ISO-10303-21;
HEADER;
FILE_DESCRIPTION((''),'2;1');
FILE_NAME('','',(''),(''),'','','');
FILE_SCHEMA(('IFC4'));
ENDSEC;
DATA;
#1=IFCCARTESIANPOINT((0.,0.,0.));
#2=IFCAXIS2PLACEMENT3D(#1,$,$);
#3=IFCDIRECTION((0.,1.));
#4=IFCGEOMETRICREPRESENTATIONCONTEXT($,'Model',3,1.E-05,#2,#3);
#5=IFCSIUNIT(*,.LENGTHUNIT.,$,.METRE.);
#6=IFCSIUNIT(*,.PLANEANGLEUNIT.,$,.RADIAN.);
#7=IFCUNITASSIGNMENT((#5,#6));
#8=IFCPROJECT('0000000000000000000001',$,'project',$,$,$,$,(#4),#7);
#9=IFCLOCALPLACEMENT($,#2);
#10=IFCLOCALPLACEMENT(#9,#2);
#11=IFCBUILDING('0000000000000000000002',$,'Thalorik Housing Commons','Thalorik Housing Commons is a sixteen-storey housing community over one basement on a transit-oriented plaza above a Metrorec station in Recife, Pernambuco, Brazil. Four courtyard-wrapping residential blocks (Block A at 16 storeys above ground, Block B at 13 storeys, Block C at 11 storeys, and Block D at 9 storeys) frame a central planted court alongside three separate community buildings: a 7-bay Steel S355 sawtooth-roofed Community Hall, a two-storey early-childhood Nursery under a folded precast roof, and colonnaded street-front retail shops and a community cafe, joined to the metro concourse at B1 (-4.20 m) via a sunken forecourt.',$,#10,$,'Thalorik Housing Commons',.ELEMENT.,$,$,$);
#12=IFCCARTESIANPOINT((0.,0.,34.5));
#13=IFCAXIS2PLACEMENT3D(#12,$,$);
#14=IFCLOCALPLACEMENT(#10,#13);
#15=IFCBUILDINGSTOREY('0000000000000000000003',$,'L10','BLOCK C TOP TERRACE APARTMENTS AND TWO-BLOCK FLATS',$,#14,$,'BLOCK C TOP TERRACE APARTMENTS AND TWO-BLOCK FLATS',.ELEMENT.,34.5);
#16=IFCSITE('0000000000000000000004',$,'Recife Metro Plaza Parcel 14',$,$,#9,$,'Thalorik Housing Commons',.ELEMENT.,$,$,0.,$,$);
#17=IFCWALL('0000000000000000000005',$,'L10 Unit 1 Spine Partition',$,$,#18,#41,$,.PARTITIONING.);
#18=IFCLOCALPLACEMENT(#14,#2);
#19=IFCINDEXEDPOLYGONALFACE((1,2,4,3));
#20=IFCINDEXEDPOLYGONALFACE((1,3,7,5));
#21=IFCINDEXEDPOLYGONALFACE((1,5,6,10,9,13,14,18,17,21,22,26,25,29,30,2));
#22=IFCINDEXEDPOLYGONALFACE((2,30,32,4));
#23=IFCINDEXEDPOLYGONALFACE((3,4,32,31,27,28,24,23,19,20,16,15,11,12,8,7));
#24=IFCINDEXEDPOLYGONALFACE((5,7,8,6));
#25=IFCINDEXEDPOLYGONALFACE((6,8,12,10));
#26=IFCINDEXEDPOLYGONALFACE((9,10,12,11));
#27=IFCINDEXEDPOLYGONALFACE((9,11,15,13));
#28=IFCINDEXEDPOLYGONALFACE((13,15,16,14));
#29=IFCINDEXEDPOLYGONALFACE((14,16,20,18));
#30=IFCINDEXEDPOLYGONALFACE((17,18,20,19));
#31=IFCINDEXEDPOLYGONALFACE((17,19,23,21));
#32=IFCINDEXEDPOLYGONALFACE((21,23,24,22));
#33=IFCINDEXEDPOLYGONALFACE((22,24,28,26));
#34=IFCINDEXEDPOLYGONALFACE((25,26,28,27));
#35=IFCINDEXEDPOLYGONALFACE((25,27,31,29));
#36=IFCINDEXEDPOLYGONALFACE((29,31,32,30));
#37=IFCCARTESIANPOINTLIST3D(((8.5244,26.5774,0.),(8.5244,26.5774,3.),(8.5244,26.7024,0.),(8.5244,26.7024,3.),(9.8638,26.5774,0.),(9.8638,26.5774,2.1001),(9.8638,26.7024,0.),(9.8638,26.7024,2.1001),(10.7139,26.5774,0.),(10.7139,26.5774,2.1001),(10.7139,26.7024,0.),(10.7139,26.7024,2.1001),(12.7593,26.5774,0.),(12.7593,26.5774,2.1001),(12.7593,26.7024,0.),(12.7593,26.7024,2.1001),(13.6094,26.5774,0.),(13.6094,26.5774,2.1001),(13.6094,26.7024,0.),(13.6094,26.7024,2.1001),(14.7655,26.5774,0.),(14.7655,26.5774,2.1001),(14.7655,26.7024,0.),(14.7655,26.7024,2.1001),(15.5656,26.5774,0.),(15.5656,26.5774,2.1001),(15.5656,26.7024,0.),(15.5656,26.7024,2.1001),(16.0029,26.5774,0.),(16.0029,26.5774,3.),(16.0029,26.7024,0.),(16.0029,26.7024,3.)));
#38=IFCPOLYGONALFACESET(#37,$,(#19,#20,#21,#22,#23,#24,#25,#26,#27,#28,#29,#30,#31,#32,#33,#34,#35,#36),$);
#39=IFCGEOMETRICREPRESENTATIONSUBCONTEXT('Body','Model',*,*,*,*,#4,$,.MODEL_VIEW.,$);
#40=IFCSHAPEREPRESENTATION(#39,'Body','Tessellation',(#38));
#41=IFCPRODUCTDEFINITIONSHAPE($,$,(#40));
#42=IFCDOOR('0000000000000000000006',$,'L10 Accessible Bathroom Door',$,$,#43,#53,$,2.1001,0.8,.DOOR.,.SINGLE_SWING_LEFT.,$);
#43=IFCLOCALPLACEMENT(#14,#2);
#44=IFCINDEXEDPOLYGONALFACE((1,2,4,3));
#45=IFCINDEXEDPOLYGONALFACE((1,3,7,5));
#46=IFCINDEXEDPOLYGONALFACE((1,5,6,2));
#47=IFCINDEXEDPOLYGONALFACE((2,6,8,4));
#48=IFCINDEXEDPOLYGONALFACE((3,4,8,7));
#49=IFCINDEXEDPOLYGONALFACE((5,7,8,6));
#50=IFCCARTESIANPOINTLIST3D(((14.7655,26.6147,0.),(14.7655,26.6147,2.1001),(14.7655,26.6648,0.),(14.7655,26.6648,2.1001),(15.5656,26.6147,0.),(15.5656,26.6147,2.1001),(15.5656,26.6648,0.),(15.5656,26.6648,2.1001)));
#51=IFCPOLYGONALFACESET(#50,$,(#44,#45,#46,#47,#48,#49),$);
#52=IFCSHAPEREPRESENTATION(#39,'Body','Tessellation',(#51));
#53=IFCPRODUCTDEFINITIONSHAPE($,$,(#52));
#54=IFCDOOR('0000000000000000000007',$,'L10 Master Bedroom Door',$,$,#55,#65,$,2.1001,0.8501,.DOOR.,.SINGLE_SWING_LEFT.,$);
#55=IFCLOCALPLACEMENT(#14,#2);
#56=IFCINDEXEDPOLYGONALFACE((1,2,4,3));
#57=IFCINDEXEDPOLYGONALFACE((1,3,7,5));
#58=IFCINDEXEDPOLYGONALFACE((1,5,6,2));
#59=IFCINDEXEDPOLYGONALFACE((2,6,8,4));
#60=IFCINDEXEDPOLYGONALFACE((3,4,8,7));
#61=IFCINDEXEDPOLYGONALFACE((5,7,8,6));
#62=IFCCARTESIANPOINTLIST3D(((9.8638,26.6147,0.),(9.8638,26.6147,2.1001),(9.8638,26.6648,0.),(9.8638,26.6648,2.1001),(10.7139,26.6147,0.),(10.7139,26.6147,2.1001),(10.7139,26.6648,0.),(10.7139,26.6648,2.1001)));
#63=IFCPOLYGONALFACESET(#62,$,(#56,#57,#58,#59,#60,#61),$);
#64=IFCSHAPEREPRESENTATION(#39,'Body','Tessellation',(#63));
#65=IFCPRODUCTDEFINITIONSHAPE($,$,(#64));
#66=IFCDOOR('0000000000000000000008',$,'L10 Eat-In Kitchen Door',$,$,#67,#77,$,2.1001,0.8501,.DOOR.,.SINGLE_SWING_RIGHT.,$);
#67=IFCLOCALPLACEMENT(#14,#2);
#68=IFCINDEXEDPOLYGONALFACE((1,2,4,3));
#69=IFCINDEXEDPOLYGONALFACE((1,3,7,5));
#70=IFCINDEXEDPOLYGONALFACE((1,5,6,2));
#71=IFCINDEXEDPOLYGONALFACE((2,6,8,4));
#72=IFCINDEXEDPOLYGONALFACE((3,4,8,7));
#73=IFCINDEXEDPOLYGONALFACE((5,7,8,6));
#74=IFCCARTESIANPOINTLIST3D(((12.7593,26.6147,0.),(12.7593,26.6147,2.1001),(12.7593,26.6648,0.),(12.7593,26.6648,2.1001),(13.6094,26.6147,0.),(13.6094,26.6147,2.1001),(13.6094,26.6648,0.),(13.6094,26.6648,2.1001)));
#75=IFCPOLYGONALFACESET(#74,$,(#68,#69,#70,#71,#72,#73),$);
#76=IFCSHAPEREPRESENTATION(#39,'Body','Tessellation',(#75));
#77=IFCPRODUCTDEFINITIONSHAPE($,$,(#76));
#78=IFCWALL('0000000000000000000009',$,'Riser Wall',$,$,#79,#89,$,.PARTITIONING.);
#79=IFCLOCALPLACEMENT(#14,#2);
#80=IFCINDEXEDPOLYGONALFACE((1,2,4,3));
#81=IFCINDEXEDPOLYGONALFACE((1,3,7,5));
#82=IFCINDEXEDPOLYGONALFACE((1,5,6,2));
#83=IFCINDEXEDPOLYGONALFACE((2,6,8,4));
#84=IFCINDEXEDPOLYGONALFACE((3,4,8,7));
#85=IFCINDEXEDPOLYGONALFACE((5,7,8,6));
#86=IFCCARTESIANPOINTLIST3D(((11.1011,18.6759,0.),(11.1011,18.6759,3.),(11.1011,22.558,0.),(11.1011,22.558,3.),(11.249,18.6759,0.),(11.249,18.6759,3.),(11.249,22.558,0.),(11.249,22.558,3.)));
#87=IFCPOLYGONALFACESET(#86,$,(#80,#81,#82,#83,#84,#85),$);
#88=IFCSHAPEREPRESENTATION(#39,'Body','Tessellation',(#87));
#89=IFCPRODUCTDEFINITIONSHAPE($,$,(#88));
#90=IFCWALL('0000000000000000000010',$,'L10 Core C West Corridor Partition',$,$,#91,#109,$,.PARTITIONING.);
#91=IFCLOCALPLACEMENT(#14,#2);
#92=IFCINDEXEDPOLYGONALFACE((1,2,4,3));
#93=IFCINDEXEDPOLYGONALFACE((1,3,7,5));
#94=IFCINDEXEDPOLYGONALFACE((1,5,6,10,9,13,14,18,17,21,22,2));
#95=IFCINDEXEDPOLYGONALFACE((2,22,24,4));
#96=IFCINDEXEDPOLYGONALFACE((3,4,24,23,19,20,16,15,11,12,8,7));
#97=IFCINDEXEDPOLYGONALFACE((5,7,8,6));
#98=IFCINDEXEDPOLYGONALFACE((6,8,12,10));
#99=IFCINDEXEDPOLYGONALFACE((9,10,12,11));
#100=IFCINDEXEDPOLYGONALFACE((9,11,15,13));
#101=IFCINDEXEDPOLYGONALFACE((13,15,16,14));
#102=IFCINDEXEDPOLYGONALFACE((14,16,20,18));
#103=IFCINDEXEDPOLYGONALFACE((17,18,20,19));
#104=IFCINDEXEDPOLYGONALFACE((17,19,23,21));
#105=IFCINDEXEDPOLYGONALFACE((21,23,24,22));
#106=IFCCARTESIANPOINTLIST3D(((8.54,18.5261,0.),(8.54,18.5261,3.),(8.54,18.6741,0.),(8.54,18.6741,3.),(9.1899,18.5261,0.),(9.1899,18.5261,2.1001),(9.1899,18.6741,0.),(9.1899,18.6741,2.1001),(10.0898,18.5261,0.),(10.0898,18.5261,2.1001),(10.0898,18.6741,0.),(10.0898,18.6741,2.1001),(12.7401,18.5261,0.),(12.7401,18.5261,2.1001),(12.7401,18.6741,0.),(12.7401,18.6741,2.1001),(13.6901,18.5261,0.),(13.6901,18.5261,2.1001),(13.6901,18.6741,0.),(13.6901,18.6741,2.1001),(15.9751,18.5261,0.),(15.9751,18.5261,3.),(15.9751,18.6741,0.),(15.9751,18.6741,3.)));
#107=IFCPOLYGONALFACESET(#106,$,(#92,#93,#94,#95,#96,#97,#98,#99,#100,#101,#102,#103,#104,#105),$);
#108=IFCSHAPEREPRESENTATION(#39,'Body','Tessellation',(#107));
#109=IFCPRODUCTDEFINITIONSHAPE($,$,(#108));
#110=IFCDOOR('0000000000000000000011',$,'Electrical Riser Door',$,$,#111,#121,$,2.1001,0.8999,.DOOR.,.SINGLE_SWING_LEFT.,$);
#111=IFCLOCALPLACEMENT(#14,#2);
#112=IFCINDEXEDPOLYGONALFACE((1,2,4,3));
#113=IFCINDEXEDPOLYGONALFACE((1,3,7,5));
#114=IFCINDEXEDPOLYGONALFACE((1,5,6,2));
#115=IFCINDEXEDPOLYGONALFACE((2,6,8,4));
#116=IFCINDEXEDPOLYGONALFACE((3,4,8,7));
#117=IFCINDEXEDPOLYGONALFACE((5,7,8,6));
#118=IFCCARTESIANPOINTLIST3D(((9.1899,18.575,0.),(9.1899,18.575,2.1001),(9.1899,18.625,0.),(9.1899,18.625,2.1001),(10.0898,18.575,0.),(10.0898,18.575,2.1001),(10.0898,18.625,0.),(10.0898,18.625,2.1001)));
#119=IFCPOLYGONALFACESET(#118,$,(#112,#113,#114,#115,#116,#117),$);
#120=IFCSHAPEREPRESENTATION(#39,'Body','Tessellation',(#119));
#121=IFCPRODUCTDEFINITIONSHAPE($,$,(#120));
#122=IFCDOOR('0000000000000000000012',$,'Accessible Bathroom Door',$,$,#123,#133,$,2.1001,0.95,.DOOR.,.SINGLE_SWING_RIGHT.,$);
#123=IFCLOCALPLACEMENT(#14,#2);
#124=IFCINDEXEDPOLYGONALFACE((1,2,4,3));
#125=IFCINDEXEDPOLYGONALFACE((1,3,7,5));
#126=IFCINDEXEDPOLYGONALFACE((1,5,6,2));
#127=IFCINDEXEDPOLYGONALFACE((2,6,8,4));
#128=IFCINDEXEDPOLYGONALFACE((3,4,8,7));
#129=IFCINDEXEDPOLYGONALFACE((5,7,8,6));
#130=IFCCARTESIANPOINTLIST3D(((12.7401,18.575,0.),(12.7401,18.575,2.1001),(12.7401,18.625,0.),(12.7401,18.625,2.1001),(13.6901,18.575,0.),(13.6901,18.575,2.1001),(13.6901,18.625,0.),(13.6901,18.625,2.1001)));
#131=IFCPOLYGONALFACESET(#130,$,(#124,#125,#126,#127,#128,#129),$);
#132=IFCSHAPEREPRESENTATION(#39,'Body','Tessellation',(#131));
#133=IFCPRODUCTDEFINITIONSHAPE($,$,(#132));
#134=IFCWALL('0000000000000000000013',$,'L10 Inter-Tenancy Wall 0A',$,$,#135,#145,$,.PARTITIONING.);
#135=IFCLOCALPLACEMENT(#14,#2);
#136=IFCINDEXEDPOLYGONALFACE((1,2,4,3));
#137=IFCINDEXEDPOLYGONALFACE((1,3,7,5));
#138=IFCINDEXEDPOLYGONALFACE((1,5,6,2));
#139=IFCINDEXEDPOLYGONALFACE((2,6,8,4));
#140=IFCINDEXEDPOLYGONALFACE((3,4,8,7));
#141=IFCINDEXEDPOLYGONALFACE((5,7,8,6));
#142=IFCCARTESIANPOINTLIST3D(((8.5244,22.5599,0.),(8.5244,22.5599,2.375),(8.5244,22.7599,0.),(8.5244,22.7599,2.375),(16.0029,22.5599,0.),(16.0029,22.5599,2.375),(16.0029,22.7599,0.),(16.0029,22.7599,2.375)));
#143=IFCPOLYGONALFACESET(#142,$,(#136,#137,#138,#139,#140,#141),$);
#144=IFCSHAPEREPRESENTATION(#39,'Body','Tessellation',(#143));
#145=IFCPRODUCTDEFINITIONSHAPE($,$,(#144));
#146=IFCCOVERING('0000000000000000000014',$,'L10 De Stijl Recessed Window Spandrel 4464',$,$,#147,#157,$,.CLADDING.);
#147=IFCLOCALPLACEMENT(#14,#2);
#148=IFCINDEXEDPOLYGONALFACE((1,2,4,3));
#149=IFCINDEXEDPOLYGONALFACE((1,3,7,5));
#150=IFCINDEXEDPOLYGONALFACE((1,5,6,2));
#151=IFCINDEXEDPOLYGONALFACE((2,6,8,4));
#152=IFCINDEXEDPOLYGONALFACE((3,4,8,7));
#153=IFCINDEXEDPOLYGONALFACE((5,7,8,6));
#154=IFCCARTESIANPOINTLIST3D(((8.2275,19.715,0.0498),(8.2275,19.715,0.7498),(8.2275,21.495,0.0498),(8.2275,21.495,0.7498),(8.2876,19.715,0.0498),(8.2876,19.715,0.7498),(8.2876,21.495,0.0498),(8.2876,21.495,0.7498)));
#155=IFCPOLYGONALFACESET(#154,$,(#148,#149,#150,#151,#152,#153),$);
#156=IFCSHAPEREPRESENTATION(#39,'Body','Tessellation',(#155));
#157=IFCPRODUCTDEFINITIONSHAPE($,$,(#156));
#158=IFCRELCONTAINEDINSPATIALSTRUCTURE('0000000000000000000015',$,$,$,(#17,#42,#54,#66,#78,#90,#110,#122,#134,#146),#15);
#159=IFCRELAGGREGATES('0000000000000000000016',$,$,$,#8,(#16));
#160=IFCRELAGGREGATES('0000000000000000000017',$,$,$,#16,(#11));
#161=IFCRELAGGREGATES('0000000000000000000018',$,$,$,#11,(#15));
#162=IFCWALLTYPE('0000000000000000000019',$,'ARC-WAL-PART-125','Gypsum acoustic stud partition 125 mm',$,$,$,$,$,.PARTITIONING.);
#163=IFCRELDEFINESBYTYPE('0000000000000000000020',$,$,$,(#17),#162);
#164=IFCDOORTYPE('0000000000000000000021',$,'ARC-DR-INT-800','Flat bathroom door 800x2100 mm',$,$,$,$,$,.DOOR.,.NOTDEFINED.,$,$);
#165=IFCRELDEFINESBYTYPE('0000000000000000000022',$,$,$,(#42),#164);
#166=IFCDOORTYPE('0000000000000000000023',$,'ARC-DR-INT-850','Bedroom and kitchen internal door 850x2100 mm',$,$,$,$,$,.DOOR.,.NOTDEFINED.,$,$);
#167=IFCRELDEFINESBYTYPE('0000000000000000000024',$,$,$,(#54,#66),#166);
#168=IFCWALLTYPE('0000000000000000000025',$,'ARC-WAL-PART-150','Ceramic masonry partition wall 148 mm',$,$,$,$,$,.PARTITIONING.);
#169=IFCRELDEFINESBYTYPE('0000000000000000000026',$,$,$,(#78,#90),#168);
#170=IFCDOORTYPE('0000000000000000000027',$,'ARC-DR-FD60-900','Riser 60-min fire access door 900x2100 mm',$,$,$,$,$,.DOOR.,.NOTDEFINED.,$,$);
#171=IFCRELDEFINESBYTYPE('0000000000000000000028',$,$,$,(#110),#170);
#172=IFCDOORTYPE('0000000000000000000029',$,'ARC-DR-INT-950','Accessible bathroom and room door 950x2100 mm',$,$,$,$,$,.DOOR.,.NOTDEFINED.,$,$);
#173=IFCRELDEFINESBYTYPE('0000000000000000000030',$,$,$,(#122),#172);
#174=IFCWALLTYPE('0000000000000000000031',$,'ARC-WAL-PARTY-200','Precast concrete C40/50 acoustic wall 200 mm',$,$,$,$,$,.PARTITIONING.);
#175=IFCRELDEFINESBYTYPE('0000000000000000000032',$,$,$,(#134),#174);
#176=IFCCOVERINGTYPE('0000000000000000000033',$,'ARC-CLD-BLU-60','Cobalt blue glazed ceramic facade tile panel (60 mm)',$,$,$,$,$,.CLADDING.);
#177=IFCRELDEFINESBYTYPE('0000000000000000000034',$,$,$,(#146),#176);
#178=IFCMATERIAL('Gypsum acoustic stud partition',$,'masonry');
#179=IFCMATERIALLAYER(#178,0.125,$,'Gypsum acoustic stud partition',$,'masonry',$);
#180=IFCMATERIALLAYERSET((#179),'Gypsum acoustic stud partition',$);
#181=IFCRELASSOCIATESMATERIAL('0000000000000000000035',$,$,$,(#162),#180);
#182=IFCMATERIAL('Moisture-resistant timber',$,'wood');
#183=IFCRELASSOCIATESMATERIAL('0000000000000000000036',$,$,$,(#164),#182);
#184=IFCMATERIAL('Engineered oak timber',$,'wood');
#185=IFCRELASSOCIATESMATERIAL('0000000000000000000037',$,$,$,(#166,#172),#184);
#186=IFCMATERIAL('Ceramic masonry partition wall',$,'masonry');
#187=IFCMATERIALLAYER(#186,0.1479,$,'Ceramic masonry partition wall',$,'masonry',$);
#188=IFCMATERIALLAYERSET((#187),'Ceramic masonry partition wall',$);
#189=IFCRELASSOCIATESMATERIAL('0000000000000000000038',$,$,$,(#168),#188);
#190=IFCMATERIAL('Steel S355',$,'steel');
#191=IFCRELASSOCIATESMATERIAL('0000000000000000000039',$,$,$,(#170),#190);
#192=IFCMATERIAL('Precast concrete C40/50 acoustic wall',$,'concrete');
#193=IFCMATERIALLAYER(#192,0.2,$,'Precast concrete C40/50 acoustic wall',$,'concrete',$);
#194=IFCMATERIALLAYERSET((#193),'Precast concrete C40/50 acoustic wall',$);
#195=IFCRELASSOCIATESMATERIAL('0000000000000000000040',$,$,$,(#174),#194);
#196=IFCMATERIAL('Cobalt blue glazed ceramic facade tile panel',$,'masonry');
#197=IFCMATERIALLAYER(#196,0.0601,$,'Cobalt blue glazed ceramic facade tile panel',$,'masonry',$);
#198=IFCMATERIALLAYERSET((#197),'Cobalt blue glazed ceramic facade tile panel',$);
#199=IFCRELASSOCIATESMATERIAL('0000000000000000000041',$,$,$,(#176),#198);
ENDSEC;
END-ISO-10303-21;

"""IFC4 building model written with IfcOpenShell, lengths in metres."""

from ifc_helpers import new_model, si_unit, direction, frame, frame_2d, origin, origin_2d, place, context, subcontext, project, spatial, rectangle, extrude, material, layer, layer_set, type_object, element, fill, save


model = new_model("IFC4")

# Units and contexts
model_context = context("Model", 3, precision=1e-05, world=origin(), true_north=direction((0.0, 1.0)))
body_context = subcontext(model_context, "Body", "Model", "MODEL_VIEW")
ifc_project = project(units=[si_unit("LENGTHUNIT", "METRE"), si_unit("PLANEANGLEUNIT", "RADIAN")], contexts=[model_context])

# Site, building, storey
site_placement = place(None, origin())
site = spatial("IfcSite", under=ifc_project, at=site_placement, Name="Recife Metro Plaza Parcel 14", LongName="Thalorik Housing Commons", CompositionType="ELEMENT", RefElevation=0.0)
building_placement = place(site_placement, origin())
building = spatial("IfcBuilding", under=site, at=building_placement, Name="Thalorik Housing Commons", Description="Thalorik Housing Commons is a sixteen-storey housing community over one basement on a transit-oriented plaza above a Metrorec station in Recife, Pernambuco, Brazil. Four courtyard-wrapping residential blocks (Block A at 16 storeys above ground, Block B at 13 storeys, Block C at 11 storeys, and Block D at 9 storeys) frame a central planted court alongside three separate community buildings: a 7-bay Steel S355 sawtooth-roofed Community Hall, a two-storey early-childhood Nursery under a folded precast roof, and colonnaded street-front retail shops and a community cafe, joined to the metro concourse at B1 (-4.20 m) via a sunken forecourt.", LongName="Thalorik Housing Commons", CompositionType="ELEMENT")
storey_placement = place(building_placement, frame((0.0, 0.0, 34.5)))
storey = spatial("IfcBuildingStorey", under=building, at=storey_placement, Name="L10", Description="BLOCK C TOP TERRACE APARTMENTS AND TWO-BLOCK FLATS", LongName="BLOCK C TOP TERRACE APARTMENTS AND TWO-BLOCK FLATS", CompositionType="ELEMENT", Elevation=34.5)

# Shared definitions
ifc_material_1 = material(Name="Steel S355", Category="steel")

# Wall, openings, doors
ifc_material_2 = material(Name="Gypsum acoustic stud partition", Category="masonry")
ifc_layer_1 = layer(ifc_material_2, 0.125, Name="Gypsum acoustic stud partition", Category="masonry")
ifc_layer_set_1 = layer_set([ifc_layer_1], Name="Gypsum acoustic stud partition")
wall_type_1 = type_object("IfcWallType", Name="ARC-WAL-PART-125", Description="Gypsum acoustic stud partition 125 mm", PredefinedType="PARTITIONING", material=ifc_layer_set_1)
wall_1_placement = place(storey_placement, frame((8.5244, 26.6399, 0.0), z_axis=(0.0, 0.0, 1.0), x_axis=(1.0, 0.0, 0.0)))
wall_1 = element("IfcWall", 1, at=wall_1_placement, inside=storey, type_object=wall_type_1, Name="L10 Unit 1 Spine Partition", PredefinedType="PARTITIONING", context=body_context, shape_type="SweptSolid", body=[
    extrude(rectangle(XDim=7.4785, YDim=0.125, at=frame_2d((3.7393, 0.0))), origin(), (0.0, 0.0, 1.0), 3.0),
])
opening_1_placement = place(wall_1_placement, frame((1.3394, 0.0, 0.0)))
opening_1 = element("IfcOpeningElement", 2, at=opening_1_placement, cuts=wall_1, PredefinedType="OPENING", context=body_context, shape_type="SweptSolid", body=[
    extrude(rectangle(XDim=0.8501, YDim=2.1001, at=frame_2d((0.425, 1.05))), frame((0.0, 0.0725, 0.0), z_axis=(0.0, -1.0, 0.0), x_axis=(1.0, 0.0, 0.0)), (0.0, 0.0, 1.0), 0.145),
])
opening_2_placement = place(wall_1_placement, frame((4.2349, 0.0, 0.0)))
opening_2 = element("IfcOpeningElement", 3, at=opening_2_placement, cuts=wall_1, PredefinedType="OPENING", context=body_context, shape_type="SweptSolid", body=[
    extrude(rectangle(XDim=0.8501, YDim=2.1001, at=frame_2d((0.425, 1.05))), frame((0.0, 0.0725, 0.0), z_axis=(0.0, -1.0, 0.0), x_axis=(1.0, 0.0, 0.0)), (0.0, 0.0, 1.0), 0.145),
])
opening_3_placement = place(wall_1_placement, frame((6.2412, 0.0, 0.0)))
opening_3 = element("IfcOpeningElement", 4, at=opening_3_placement, cuts=wall_1, PredefinedType="OPENING", context=body_context, shape_type="SweptSolid", body=[
    extrude(rectangle(XDim=0.8, YDim=2.1001, at=frame_2d((0.3999, 1.05))), frame((0.0, 0.0725, 0.0), z_axis=(0.0, -1.0, 0.0), x_axis=(1.0, 0.0, 0.0)), (0.0, 0.0, 1.0), 0.145),
])
ifc_material_3 = material(Name="Moisture-resistant timber", Category="wood")
door_type_1 = type_object("IfcDoorType", Name="ARC-DR-INT-800", Description="Flat bathroom door 800x2100 mm", OperationType="NOTDEFINED", PredefinedType="DOOR", material=ifc_material_3)
door_1_placement = place(opening_3_placement, origin())
door_1 = element("IfcDoor", 5, at=door_1_placement, inside=storey, type_object=door_type_1, Name="L10 Accessible Bathroom Door", OperationType="SINGLE_SWING_LEFT", OverallHeight=2.1001, OverallWidth=0.8, PredefinedType="DOOR", context=body_context, shape_type="SweptSolid", body=[
    extrude(rectangle(XDim=0.8, YDim=2.1001, at=frame_2d((0.3999, 1.05))), frame((0.0, 0.0249, 0.0), z_axis=(0.0, -1.0, 0.0), x_axis=(1.0, 0.0, 0.0)), (0.0, 0.0, 1.0), 0.05),
])
fill(opening_3, door_1)
ifc_material_4 = material(Name="Engineered oak timber", Category="wood")
door_type_2 = type_object("IfcDoorType", Name="ARC-DR-INT-850", Description="Bedroom and kitchen internal door 850x2100 mm", OperationType="NOTDEFINED", PredefinedType="DOOR", material=ifc_material_4)
door_2_placement = place(opening_1_placement, origin())
door_2 = element("IfcDoor", 6, at=door_2_placement, inside=storey, type_object=door_type_2, Name="L10 Master Bedroom Door", OperationType="SINGLE_SWING_LEFT", OverallHeight=2.1001, OverallWidth=0.8501, PredefinedType="DOOR", context=body_context, shape_type="SweptSolid", body=[
    extrude(rectangle(XDim=0.8501, YDim=2.1001, at=frame_2d((0.425, 1.05))), frame((0.0, 0.0249, 0.0), z_axis=(0.0, -1.0, 0.0), x_axis=(1.0, 0.0, 0.0)), (0.0, 0.0, 1.0), 0.05),
])
fill(opening_1, door_2)
door_3_placement = place(opening_2_placement, origin())
door_3 = element("IfcDoor", 7, at=door_3_placement, inside=storey, type_object=door_type_2, Name="L10 Eat-In Kitchen Door", OperationType="SINGLE_SWING_RIGHT", OverallHeight=2.1001, OverallWidth=0.8501, PredefinedType="DOOR", context=body_context, shape_type="SweptSolid", body=[
    extrude(rectangle(XDim=0.8501, YDim=2.1001, at=frame_2d((0.425, 1.05))), frame((0.0, 0.0249, 0.0), z_axis=(0.0, -1.0, 0.0), x_axis=(1.0, 0.0, 0.0)), (0.0, 0.0, 1.0), 0.05),
])
fill(opening_2, door_3)

# Wall
ifc_material_5 = material(Name="Ceramic masonry partition wall", Category="masonry")
ifc_layer_2 = layer(ifc_material_5, 0.1479, Name="Ceramic masonry partition wall", Category="masonry")
ifc_layer_set_2 = layer_set([ifc_layer_2], Name="Ceramic masonry partition wall")
wall_type_2 = type_object("IfcWallType", Name="ARC-WAL-PART-150", Description="Ceramic masonry partition wall 148 mm", PredefinedType="PARTITIONING", material=ifc_layer_set_2)
wall_2_placement = place(storey_placement, frame((11.175, 18.676, 0.0), z_axis=(0.0, 0.0, 1.0), x_axis=(0.0, 1.0, 0.0)))
element("IfcWall", 8, at=wall_2_placement, inside=storey, type_object=wall_type_2, Name="Riser Wall", PredefinedType="PARTITIONING", context=body_context, shape_type="SweptSolid", body=[
    extrude(rectangle(XDim=3.8821, YDim=0.1479, at=frame_2d((1.9409, 0.0))), origin(), (0.0, 0.0, 1.0), 3.0),
])

# Wall, openings, doors
wall_3_placement = place(storey_placement, frame((8.54, 18.6001, 0.0), z_axis=(0.0, 0.0, 1.0), x_axis=(1.0, 0.0, 0.0)))
wall_3 = element("IfcWall", 9, at=wall_3_placement, inside=storey, type_object=wall_type_2, Name="L10 Core C West Corridor Partition", PredefinedType="PARTITIONING", context=body_context, shape_type="SweptSolid", body=[
    extrude(rectangle(XDim=7.4351, YDim=0.1479, at=frame_2d((3.7175, 0.0))), origin(), (0.0, 0.0, 1.0), 3.0),
])
opening_4_placement = place(wall_3_placement, frame((0.6499, 0.0, 0.0)))
opening_4 = element("IfcOpeningElement", 10, at=opening_4_placement, cuts=wall_3, PredefinedType="OPENING", context=body_context, shape_type="SweptSolid", body=[
    extrude(rectangle(XDim=0.8999, YDim=2.1001, at=frame_2d((0.45, 1.05))), frame((0.0, 0.084, 0.0), z_axis=(0.0, -1.0, 0.0), x_axis=(1.0, 0.0, 0.0)), (0.0, 0.0, 1.0), 0.168),
])
opening_5_placement = place(wall_3_placement, frame((4.2, 0.0, 0.0)))
opening_5 = element("IfcOpeningElement", 11, at=opening_5_placement, cuts=wall_3, PredefinedType="OPENING", context=body_context, shape_type="SweptSolid", body=[
    extrude(rectangle(XDim=0.95, YDim=2.1001, at=frame_2d((0.4751, 1.05))), frame((0.0, 0.084, 0.0), z_axis=(0.0, -1.0, 0.0), x_axis=(1.0, 0.0, 0.0)), (0.0, 0.0, 1.0), 0.168),
])
door_type_3 = type_object("IfcDoorType", Name="ARC-DR-FD60-900", Description="Riser 60-min fire access door 900x2100 mm", OperationType="NOTDEFINED", PredefinedType="DOOR", material=ifc_material_1)
door_4_placement = place(opening_4_placement, origin())
door_4 = element("IfcDoor", 12, at=door_4_placement, inside=storey, type_object=door_type_3, Name="Electrical Riser Door", OperationType="SINGLE_SWING_LEFT", OverallHeight=2.1001, OverallWidth=0.8999, PredefinedType="DOOR", context=body_context, shape_type="SweptSolid", body=[
    extrude(rectangle(XDim=0.8999, YDim=2.1001, at=frame_2d((0.45, 1.05))), frame((0.0, 0.0249, 0.0), z_axis=(0.0, -1.0, 0.0), x_axis=(1.0, 0.0, 0.0)), (0.0, 0.0, 1.0), 0.05),
])
fill(opening_4, door_4)
door_type_4 = type_object("IfcDoorType", Name="ARC-DR-INT-950", Description="Accessible bathroom and room door 950x2100 mm", OperationType="NOTDEFINED", PredefinedType="DOOR", material=ifc_material_4)
door_5_placement = place(opening_5_placement, origin())
door_5 = element("IfcDoor", 13, at=door_5_placement, inside=storey, type_object=door_type_4, Name="Accessible Bathroom Door", OperationType="SINGLE_SWING_RIGHT", OverallHeight=2.1001, OverallWidth=0.95, PredefinedType="DOOR", context=body_context, shape_type="SweptSolid", body=[
    extrude(rectangle(XDim=0.95, YDim=2.1001, at=frame_2d((0.4751, 1.05))), frame((0.0, 0.0249, 0.0), z_axis=(0.0, -1.0, 0.0), x_axis=(1.0, 0.0, 0.0)), (0.0, 0.0, 1.0), 0.05),
])
fill(opening_5, door_5)

# Wall
ifc_material_6 = material(Name="Precast concrete C40/50 acoustic wall", Category="concrete")
ifc_layer_3 = layer(ifc_material_6, 0.2, Name="Precast concrete C40/50 acoustic wall", Category="concrete")
ifc_layer_set_3 = layer_set([ifc_layer_3], Name="Precast concrete C40/50 acoustic wall")
wall_type_3 = type_object("IfcWallType", Name="ARC-WAL-PARTY-200", Description="Precast concrete C40/50 acoustic wall 200 mm", PredefinedType="PARTITIONING", material=ifc_layer_set_3)
wall_4_placement = place(storey_placement, frame((8.5244, 22.6599, 0.0), z_axis=(0.0, 0.0, 1.0), x_axis=(1.0, 0.0, 0.0)))
element("IfcWall", 14, at=wall_4_placement, inside=storey, type_object=wall_type_3, Name="L10 Inter-Tenancy Wall 0A", PredefinedType="PARTITIONING", context=body_context, shape_type="SweptSolid", body=[
    extrude(rectangle(XDim=7.4785, YDim=0.2, at=frame_2d((3.7393, 0.0))), origin(), (0.0, 0.0, 1.0), 2.375),
])

# Covering
ifc_material_7 = material(Name="Cobalt blue glazed ceramic facade tile panel", Category="masonry")
ifc_layer_4 = layer(ifc_material_7, 0.0601, Name="Cobalt blue glazed ceramic facade tile panel", Category="masonry")
ifc_layer_set_4 = layer_set([ifc_layer_4], Name="Cobalt blue glazed ceramic facade tile panel")
covering_type_1 = type_object("IfcCoveringType", Name="ARC-CLD-BLU-60", Description="Cobalt blue glazed ceramic facade tile panel (60 mm)", PredefinedType="CLADDING", material=ifc_layer_set_4)
covering_1_placement = place(storey_placement, frame((8.2576, 20.605, 0.0498), z_axis=(0.0, 0.0, 1.0), x_axis=(0.0, -1.0, 0.0)))
element("IfcCovering", 15, at=covering_1_placement, inside=storey, type_object=covering_type_1, Name="L10 De Stijl Recessed Window Spandrel 4464", PredefinedType="CLADDING", context=body_context, shape_type="SweptSolid", body=[
    extrude(rectangle(XDim=1.78, YDim=0.0601, at=origin_2d()), origin(), (0.0, 0.0, 1.0), 0.7),
])

save(model, "model.ifc")
